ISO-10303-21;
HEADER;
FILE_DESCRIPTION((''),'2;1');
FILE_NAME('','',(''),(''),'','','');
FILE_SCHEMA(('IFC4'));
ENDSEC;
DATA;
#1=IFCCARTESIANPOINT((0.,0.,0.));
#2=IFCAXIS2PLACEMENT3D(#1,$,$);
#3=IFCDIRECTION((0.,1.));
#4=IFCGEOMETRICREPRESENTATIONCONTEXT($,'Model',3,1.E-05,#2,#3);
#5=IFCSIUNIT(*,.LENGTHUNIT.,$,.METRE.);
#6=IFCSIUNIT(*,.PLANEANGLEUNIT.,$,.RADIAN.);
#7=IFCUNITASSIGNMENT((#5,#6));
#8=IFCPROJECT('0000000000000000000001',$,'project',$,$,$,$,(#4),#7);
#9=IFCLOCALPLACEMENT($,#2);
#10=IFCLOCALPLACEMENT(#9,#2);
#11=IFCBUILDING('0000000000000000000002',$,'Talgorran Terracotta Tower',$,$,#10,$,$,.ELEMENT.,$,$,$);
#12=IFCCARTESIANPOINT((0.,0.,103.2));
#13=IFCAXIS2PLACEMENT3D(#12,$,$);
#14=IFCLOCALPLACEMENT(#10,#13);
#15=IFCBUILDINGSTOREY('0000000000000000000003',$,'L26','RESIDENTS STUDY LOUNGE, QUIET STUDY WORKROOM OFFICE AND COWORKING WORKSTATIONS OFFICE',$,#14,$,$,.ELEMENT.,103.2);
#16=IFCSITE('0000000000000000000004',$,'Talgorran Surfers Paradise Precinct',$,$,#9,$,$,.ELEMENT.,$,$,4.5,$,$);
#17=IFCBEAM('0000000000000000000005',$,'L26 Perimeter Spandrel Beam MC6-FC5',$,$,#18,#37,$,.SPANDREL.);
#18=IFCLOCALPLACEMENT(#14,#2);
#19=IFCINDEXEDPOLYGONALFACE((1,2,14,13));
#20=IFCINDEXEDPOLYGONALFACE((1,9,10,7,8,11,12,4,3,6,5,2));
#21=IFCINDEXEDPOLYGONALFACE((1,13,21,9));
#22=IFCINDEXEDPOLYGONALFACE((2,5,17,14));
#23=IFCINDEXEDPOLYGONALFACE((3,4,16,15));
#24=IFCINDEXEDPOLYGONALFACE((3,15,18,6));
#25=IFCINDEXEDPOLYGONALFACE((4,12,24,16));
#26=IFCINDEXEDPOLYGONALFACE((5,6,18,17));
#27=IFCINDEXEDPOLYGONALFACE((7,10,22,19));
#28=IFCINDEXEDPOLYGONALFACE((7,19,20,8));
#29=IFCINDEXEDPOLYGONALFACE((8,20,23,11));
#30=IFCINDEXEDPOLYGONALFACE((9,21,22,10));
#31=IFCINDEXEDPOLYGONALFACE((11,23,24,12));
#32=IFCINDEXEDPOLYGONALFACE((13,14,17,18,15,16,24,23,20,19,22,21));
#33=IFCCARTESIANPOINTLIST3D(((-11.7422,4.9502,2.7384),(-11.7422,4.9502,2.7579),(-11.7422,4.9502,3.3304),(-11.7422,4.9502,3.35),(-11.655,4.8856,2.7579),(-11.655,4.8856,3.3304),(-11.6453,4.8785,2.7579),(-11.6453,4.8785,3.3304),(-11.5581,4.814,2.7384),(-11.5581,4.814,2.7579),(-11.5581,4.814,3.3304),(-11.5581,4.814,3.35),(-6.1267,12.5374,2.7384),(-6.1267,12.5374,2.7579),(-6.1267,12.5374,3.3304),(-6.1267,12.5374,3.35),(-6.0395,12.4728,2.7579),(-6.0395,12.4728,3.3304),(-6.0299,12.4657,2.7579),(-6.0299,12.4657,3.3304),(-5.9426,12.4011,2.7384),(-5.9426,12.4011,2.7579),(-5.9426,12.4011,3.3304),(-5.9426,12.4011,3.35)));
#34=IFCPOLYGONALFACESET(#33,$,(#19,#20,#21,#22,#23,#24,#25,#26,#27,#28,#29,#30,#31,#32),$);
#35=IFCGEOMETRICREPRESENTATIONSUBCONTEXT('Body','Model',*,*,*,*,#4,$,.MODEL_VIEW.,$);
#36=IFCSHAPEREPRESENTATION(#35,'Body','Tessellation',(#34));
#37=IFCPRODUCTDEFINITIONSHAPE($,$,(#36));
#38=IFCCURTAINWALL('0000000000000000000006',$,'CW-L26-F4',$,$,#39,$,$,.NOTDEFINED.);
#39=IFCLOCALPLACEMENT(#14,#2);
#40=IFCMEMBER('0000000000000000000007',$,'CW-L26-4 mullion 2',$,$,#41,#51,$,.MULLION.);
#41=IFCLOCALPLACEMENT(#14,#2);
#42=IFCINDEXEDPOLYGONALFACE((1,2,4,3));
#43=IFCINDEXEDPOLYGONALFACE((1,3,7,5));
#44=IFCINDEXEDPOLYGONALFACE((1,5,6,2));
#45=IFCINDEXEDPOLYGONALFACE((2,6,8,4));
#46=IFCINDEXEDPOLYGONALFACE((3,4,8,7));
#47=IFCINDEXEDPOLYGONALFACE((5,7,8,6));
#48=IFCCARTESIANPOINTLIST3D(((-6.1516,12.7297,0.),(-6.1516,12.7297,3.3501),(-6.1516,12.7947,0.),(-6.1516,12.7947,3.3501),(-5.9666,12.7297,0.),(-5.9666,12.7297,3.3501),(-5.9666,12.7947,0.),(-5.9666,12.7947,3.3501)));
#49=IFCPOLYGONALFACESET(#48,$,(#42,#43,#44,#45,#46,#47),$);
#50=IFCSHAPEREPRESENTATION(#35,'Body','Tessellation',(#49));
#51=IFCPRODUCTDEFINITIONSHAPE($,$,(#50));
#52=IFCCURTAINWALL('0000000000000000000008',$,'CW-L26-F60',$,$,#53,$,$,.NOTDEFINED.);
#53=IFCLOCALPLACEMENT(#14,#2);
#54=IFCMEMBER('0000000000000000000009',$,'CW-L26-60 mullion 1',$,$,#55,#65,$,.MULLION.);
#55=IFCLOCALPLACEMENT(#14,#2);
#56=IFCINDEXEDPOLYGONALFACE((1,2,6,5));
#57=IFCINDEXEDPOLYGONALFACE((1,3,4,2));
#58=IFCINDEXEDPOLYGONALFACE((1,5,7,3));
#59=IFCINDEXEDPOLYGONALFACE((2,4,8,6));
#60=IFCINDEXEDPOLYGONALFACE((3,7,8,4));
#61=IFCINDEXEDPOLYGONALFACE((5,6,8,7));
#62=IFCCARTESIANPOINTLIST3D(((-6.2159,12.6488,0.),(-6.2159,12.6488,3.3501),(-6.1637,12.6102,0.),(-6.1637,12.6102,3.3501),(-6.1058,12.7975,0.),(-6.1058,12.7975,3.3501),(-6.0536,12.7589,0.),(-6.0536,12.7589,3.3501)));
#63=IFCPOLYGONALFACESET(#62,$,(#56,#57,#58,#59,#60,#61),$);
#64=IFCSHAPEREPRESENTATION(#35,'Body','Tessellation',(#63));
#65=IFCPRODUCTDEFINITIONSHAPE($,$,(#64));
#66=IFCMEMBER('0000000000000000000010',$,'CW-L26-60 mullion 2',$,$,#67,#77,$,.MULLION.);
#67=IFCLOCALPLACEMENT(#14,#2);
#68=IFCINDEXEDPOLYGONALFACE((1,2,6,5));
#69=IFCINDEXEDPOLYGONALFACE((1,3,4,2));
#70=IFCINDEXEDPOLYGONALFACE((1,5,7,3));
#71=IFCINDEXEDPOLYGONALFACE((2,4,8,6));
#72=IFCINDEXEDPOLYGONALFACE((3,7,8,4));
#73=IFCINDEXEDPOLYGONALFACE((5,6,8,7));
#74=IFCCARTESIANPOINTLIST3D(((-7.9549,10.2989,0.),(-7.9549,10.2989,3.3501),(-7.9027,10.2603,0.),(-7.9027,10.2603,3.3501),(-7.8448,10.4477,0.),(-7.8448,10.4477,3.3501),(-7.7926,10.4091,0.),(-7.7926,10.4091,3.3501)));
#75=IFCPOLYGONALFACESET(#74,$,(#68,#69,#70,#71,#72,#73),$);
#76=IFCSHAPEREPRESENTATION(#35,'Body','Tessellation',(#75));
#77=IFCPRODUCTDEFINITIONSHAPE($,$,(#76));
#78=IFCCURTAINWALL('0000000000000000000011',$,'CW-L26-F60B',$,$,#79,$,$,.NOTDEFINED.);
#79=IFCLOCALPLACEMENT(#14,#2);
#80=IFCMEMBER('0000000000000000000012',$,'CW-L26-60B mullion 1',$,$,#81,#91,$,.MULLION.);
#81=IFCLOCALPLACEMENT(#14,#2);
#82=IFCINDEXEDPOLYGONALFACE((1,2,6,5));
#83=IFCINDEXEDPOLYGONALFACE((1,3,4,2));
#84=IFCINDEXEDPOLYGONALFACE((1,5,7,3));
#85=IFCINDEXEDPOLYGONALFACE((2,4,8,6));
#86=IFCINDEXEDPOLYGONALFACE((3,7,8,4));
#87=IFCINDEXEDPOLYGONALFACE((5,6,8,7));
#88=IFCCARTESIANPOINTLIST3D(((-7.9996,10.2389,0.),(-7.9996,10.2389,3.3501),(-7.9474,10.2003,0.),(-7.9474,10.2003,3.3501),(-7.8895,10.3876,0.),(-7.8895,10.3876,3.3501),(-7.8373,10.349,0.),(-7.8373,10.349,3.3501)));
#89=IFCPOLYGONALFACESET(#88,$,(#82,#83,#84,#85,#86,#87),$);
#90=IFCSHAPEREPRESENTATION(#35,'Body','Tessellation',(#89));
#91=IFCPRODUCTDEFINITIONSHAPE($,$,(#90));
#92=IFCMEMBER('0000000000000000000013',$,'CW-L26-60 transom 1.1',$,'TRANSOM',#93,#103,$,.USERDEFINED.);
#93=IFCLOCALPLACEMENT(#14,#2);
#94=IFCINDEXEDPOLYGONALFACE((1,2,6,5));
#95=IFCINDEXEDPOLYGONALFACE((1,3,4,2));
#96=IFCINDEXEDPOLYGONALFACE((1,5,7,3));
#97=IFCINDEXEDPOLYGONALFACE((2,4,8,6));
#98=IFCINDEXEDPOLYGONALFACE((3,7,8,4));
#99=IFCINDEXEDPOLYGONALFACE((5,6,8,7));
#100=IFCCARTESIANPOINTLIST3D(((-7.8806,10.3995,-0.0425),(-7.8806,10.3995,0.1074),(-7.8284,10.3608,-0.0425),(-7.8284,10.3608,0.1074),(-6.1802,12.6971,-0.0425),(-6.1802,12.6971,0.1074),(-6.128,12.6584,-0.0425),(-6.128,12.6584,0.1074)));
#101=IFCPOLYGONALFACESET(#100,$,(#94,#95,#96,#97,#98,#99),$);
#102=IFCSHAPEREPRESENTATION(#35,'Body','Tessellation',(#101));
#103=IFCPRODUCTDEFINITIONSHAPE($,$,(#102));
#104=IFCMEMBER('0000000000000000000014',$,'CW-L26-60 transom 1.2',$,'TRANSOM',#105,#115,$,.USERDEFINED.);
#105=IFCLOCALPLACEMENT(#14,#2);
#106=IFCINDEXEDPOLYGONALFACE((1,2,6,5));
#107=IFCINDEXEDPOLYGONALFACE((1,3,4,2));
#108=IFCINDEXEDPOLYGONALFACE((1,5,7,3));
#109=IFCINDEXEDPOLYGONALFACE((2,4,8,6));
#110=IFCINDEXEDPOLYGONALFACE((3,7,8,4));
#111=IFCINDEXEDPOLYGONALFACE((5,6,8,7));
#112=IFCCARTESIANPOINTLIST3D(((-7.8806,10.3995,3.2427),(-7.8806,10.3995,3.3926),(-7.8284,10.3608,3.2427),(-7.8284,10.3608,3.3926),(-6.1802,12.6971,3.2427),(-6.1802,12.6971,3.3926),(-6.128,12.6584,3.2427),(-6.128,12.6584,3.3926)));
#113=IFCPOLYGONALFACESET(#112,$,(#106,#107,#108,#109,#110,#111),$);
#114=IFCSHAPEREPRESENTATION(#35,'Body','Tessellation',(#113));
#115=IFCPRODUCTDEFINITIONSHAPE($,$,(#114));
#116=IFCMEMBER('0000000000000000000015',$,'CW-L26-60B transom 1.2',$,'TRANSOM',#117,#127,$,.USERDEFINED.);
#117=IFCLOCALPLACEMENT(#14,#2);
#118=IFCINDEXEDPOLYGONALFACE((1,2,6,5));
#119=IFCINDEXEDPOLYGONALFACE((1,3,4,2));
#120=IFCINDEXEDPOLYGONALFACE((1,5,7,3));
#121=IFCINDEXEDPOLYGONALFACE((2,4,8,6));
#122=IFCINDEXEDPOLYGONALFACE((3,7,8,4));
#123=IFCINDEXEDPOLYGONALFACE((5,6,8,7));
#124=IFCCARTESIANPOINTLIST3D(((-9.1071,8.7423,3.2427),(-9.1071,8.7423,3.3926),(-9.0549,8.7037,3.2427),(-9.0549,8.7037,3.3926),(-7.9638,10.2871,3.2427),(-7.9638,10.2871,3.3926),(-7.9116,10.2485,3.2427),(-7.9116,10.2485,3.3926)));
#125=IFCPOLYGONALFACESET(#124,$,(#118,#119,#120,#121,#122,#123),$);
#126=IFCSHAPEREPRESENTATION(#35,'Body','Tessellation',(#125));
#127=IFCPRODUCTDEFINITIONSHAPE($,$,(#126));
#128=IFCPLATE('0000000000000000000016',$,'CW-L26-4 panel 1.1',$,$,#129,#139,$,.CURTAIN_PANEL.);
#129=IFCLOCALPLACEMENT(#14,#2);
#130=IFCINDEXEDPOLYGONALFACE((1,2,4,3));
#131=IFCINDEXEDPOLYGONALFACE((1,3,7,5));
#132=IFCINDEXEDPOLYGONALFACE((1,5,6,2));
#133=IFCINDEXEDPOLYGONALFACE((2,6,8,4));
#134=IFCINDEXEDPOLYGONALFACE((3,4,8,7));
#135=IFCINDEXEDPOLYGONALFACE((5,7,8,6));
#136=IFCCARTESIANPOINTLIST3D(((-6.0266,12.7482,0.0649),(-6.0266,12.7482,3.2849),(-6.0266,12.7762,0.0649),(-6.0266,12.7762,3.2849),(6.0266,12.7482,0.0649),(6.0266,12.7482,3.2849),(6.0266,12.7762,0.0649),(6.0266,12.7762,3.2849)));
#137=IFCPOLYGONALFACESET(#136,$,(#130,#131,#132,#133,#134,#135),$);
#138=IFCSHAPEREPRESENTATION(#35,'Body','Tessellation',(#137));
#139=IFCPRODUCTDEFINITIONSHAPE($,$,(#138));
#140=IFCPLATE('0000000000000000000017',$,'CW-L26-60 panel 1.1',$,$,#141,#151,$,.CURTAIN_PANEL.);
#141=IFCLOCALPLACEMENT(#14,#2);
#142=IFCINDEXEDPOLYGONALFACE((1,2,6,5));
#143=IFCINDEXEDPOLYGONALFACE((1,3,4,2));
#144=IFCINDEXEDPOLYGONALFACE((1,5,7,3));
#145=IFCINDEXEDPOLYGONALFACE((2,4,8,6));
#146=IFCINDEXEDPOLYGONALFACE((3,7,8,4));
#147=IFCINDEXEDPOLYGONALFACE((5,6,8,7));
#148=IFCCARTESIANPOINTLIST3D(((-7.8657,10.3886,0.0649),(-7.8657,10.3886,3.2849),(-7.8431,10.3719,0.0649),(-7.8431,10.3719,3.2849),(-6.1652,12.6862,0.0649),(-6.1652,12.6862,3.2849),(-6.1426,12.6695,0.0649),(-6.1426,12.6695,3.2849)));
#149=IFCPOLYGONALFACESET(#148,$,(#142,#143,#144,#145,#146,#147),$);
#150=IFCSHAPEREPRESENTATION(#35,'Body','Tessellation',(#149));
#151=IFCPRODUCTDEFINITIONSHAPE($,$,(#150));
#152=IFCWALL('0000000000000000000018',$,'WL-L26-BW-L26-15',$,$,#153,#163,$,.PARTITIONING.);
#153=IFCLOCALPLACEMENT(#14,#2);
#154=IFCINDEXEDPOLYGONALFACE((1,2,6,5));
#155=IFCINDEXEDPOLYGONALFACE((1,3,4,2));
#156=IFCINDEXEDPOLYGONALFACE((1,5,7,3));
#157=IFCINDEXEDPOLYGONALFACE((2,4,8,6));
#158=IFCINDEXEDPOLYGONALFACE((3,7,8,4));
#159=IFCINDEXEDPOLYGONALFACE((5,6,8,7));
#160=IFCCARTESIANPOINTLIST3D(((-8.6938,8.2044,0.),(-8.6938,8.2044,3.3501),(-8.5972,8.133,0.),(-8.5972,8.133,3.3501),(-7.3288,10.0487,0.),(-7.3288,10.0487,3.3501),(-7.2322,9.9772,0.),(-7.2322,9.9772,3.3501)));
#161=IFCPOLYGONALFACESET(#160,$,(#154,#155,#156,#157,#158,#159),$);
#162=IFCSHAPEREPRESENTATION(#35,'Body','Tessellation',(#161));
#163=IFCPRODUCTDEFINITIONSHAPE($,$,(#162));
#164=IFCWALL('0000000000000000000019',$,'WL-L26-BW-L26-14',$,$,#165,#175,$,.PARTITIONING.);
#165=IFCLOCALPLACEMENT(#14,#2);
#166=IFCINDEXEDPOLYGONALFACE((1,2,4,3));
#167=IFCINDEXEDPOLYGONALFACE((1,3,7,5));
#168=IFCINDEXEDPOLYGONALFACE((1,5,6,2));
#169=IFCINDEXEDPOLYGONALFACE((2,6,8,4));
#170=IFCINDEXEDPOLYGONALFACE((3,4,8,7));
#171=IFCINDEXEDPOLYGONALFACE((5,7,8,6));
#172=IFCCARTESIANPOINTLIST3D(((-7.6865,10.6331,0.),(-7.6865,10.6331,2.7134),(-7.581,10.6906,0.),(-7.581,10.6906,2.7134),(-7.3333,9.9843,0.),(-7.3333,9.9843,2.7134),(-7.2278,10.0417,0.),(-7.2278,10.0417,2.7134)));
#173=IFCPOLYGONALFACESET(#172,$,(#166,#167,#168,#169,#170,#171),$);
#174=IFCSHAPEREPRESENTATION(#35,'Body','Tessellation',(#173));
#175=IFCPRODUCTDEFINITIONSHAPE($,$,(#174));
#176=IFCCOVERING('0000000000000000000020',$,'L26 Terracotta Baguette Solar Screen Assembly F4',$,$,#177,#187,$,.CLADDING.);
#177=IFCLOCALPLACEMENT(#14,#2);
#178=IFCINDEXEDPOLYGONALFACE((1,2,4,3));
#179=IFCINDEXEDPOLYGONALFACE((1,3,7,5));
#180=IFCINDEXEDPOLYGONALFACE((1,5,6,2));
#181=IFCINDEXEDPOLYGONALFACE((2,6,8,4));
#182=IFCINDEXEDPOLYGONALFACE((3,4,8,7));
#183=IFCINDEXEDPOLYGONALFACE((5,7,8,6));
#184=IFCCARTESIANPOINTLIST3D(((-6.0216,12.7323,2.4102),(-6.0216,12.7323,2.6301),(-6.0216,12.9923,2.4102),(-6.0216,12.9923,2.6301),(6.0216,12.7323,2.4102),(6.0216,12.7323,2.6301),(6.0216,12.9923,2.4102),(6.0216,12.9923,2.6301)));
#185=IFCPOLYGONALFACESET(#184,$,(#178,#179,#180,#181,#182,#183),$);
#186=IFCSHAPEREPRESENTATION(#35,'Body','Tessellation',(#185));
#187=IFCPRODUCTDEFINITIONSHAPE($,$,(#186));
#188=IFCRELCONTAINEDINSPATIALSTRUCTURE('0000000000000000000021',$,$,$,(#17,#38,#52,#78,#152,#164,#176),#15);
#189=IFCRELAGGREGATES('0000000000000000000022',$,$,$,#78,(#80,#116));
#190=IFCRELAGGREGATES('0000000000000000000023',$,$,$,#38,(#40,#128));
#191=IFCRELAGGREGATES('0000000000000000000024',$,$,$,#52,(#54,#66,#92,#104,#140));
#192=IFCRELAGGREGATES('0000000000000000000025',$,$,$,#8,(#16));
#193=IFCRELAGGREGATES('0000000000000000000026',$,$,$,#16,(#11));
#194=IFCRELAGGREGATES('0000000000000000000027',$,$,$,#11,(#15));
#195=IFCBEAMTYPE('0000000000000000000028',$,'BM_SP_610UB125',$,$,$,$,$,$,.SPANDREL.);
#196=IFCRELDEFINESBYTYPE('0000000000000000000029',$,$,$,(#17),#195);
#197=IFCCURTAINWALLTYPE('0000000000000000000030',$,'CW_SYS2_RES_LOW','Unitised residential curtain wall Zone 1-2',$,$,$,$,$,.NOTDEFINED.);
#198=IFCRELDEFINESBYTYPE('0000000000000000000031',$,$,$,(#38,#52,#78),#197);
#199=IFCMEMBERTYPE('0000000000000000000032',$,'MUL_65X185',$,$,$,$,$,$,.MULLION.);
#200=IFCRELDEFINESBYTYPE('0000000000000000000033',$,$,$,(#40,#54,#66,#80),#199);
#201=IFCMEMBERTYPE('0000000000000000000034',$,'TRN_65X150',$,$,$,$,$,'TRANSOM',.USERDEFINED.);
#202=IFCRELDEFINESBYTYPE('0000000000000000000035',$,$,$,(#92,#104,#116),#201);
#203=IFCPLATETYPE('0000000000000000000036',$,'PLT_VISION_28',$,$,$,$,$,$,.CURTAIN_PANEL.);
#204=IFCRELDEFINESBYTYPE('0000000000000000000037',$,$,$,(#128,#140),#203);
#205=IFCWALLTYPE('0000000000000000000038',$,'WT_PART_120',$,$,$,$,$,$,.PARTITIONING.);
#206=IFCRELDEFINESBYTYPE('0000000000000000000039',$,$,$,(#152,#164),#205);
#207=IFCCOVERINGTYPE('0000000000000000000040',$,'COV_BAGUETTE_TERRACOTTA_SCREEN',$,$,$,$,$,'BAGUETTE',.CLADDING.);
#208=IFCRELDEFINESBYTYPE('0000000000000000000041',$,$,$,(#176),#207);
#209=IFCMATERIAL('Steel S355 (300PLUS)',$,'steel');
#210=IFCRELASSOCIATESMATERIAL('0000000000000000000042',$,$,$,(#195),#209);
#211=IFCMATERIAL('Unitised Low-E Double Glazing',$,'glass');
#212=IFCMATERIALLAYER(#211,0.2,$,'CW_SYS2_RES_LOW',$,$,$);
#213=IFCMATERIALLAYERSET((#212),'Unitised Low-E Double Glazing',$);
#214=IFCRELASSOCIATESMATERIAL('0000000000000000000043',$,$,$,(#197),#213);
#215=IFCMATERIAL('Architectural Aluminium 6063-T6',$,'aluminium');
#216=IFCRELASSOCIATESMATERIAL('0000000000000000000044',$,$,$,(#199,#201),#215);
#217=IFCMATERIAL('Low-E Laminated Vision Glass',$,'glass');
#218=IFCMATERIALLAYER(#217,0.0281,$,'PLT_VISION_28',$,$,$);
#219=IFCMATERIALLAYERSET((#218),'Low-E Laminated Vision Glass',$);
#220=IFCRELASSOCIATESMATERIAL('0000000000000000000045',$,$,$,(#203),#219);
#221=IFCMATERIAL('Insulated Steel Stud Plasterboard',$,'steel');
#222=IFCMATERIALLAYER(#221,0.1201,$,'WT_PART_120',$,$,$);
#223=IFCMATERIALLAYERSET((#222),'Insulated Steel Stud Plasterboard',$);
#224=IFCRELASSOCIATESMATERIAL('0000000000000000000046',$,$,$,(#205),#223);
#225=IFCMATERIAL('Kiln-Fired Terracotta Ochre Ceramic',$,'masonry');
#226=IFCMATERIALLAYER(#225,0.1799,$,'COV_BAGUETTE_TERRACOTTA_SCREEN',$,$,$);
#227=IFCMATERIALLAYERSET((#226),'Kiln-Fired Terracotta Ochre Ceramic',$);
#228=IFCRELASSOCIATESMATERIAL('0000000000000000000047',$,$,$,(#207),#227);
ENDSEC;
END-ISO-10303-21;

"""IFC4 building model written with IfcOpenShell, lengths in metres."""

from ifc_helpers import new_model, si_unit, direction, frame, frame_2d, origin, origin_2d, place, context, subcontext, project, spatial, rectangle, i_section, extrude, source, transform, mapped, material, layer, layer_set, material_profile, profile_set, type_object, type_shapes, element, aggregate, save


model = new_model("IFC4")

# Units and contexts
model_context = context("Model", 3, precision=1e-05, world=origin(), true_north=direction((0.0, 1.0)))
body_context = subcontext(model_context, "Body", "Model", "MODEL_VIEW")
ifc_project = project(units=[si_unit("LENGTHUNIT", "METRE"), si_unit("PLANEANGLEUNIT", "RADIAN")], contexts=[model_context])

# Site, building, storey
site_placement = place(None, origin())
site = spatial("IfcSite", under=ifc_project, at=site_placement, Name="Talgorran Surfers Paradise Precinct", CompositionType="ELEMENT", RefElevation=4.5)
building_placement = place(site_placement, origin())
building = spatial("IfcBuilding", under=site, at=building_placement, Name="Talgorran Terracotta Tower", CompositionType="ELEMENT")
storey_placement = place(building_placement, frame((0.0, 0.0, 103.2)))
storey = spatial("IfcBuildingStorey", under=building, at=storey_placement, Name="L26", Description="RESIDENTS STUDY LOUNGE, QUIET STUDY WORKROOM OFFICE AND COWORKING WORKSTATIONS OFFICE", CompositionType="ELEMENT", Elevation=103.2)

# Shared definitions
ifc_material_1 = material(Name="Steel S355 (300PLUS)", Category="steel")

# Beam
ifc_material_profile_1 = material_profile(ifc_material_1, i_section(OverallWidth=0.229, OverallDepth=0.6116, WebThickness=0.012, FlangeThickness=0.0195, at=origin_2d()), Name="610UB125")
ifc_profile_set_1 = profile_set([ifc_material_profile_1], Name="Steel S355 (300PLUS)")
beam_type_1 = type_object("IfcBeamType", Name="BM_SP_610UB125", PredefinedType="SPANDREL", material=ifc_profile_set_1)
beam_1_placement = place(storey_placement, frame((-6.0347, 12.4692, 3.0442), z_axis=(-0.59491, -0.803792, 0.0), x_axis=(0.803792, -0.59491, 0.0)))
element("IfcBeam", 1, at=beam_1_placement, inside=storey, type_object=beam_type_1, Name="L26 Perimeter Spandrel Beam MC6-FC5", PredefinedType="SPANDREL", context=body_context, shape_type="SweptSolid", body=[
    extrude(i_section(OverallWidth=0.229, OverallDepth=0.6116, WebThickness=0.012, FlangeThickness=0.0195, at=origin_2d()), origin(), (0.0, 0.0, 1.0), 9.4392),
])

# Curtain wall, member
ifc_material_2 = material(Name="Unitised Low-E Double Glazing", Category="glass")
ifc_layer_1 = layer(ifc_material_2, 0.2, Name="CW_SYS2_RES_LOW")
ifc_layer_set_1 = layer_set([ifc_layer_1], Name="Unitised Low-E Double Glazing")
curtain_wall_type = type_object("IfcCurtainWallType", Name="CW_SYS2_RES_LOW", Description="Unitised residential curtain wall Zone 1-2", PredefinedType="NOTDEFINED", material=ifc_layer_set_1)
curtain_wall_1_placement = place(storey_placement, origin())
curtain_wall_1 = element("IfcCurtainWall", 2, at=curtain_wall_1_placement, inside=storey, type_object=curtain_wall_type, Name="CW-L26-F4", PredefinedType="NOTDEFINED")
ifc_material_3 = material(Name="Architectural Aluminium 6063-T6", Category="aluminium")
ifc_material_profile_2 = material_profile(ifc_material_3, rectangle(XDim=0.0649, YDim=0.1851, at=origin_2d()), Name="CWM65X185")
ifc_profile_set_2 = profile_set([ifc_material_profile_2], Name="Architectural Aluminium 6063-T6")
member_type_1 = type_object("IfcMemberType", Name="MUL_65X185", PredefinedType="MULLION", material=ifc_profile_set_2)
member_1_placement = place(storey_placement, frame((-6.0591, 12.7622, 0.0), z_axis=(0.0, 0.0, 1.0), x_axis=(0.0, -1.0, 0.0)))
member_1 = element("IfcMember", 3, at=member_1_placement, type_object=member_type_1, Name="CW-L26-4 mullion 2", PredefinedType="MULLION", context=body_context, shape_type="SweptSolid", body=[
    extrude(rectangle(XDim=0.0649, YDim=0.1851, at=origin_2d()), origin(), (0.0, 0.0, 1.0), 3.3501),
])

# Curtain wall, members
curtain_wall_2_placement = place(storey_placement, origin())
curtain_wall_2 = element("IfcCurtainWall", 4, at=curtain_wall_2_placement, inside=storey, type_object=curtain_wall_type, Name="CW-L26-F60", PredefinedType="NOTDEFINED")
member_2_placement = place(storey_placement, frame((-6.1348, 12.7039, 0.0), z_axis=(0.0, 0.0, 1.0), x_axis=(0.803807, -0.594891, 0.0)))
member_2 = element("IfcMember", 5, at=member_2_placement, type_object=member_type_1, Name="CW-L26-60 mullion 1", PredefinedType="MULLION", context=body_context, shape_type="SweptSolid", body=[
    extrude(rectangle(XDim=0.0649, YDim=0.1851, at=origin_2d()), origin(), (0.0, 0.0, 1.0), 3.3501),
])
member_3_placement = place(storey_placement, frame((-7.8738, 10.354, 0.0), z_axis=(0.0, 0.0, 1.0), x_axis=(0.803807, -0.594891, 0.0)))
member_3 = element("IfcMember", 6, at=member_3_placement, type_object=member_type_1, Name="CW-L26-60 mullion 2", PredefinedType="MULLION", context=body_context, shape_type="SweptSolid", body=[
    extrude(rectangle(XDim=0.0649, YDim=0.1851, at=origin_2d()), origin(), (0.0, 0.0, 1.0), 3.3501),
])

# Curtain wall, member
curtain_wall_3_placement = place(storey_placement, origin())
curtain_wall_3 = element("IfcCurtainWall", 7, at=curtain_wall_3_placement, inside=storey, type_object=curtain_wall_type, Name="CW-L26-F60B", PredefinedType="NOTDEFINED")
member_4_placement = place(storey_placement, frame((-7.9185, 10.2939, 0.0), z_axis=(0.0, 0.0, 1.0), x_axis=(0.803791, -0.594912, 0.0)))
member_4 = element("IfcMember", 8, at=member_4_placement, type_object=member_type_1, Name="CW-L26-60B mullion 1", PredefinedType="MULLION", context=body_context, shape_type="SweptSolid", body=[
    extrude(rectangle(XDim=0.0649, YDim=0.1851, at=origin_2d()), origin(), (0.0, 0.0, 1.0), 3.3501),
])

# Members
ifc_material_profile_3 = material_profile(ifc_material_3, rectangle(XDim=0.0649, YDim=0.1499, at=origin_2d()), Name="CWT65X150")
ifc_profile_set_3 = profile_set([ifc_material_profile_3], Name="Architectural Aluminium 6063-T6")
member_type_2 = type_object("IfcMemberType", Name="TRN_65X150", ElementType="TRANSOM", PredefinedType="USERDEFINED", material=ifc_profile_set_3)
member_5_placement = place(storey_placement, frame((-6.1541, 12.6777, 0.0325), z_axis=(-0.59489, -0.803807, 0.0), x_axis=(0.803807, -0.59489, 0.0)))
member_5 = element("IfcMember", 9, at=member_5_placement, type_object=member_type_2, Name="CW-L26-60 transom 1.1", ObjectType="TRANSOM", PredefinedType="USERDEFINED", context=body_context, shape_type="SweptSolid", body=[
    extrude(rectangle(XDim=0.0649, YDim=0.1499, at=origin_2d()), origin(), (0.0, 0.0, 1.0), 2.8584),
])
member_6_placement = place(storey_placement, frame((-6.1541, 12.6777, 3.3176), z_axis=(-0.59489, -0.803807, 0.0), x_axis=(0.803807, -0.59489, 0.0)))
member_6 = element("IfcMember", 10, at=member_6_placement, type_object=member_type_2, Name="CW-L26-60 transom 1.2", ObjectType="TRANSOM", PredefinedType="USERDEFINED", context=body_context, shape_type="SweptSolid", body=[
    extrude(rectangle(XDim=0.0649, YDim=0.1499, at=origin_2d()), origin(), (0.0, 0.0, 1.0), 2.8584),
])
member_7_placement = place(storey_placement, frame((-7.9377, 10.2678, 3.3176), z_axis=(-0.594866, -0.803825, 0.0), x_axis=(0.803825, -0.594866, 0.0)))
member_7 = element("IfcMember", 11, at=member_7_placement, type_object=member_type_2, Name="CW-L26-60B transom 1.2", ObjectType="TRANSOM", PredefinedType="USERDEFINED", context=body_context, shape_type="SweptSolid", body=[
    extrude(rectangle(XDim=0.0649, YDim=0.1499, at=origin_2d()), origin(), (0.0, 0.0, 1.0), 1.9219),
])
aggregate(curtain_wall_3, [member_4, member_7])

# Plates
ifc_material_4 = material(Name="Low-E Laminated Vision Glass", Category="glass")
ifc_layer_2 = layer(ifc_material_4, 0.0281, Name="PLT_VISION_28")
ifc_layer_set_2 = layer_set([ifc_layer_2], Name="Low-E Laminated Vision Glass")
plate_type = type_object("IfcPlateType", Name="PLT_VISION_28", PredefinedType="CURTAIN_PANEL", material=ifc_layer_set_2)
shared_shape_1 = source(origin(), body_context, "Body", "SweptSolid", [
    extrude(rectangle(XDim=12.0532, YDim=0.0281, at=origin_2d()), origin(), (0.0, 0.0, 1.0), 3.22),
])
plate_1_placement = place(storey_placement, frame((0.0, 12.7622, 0.0649), z_axis=(0.0, 0.0, 1.0), x_axis=(-1.0, 0.0, 0.0)))
plate_1 = element("IfcPlate", 12, at=plate_1_placement, type_object=plate_type, Name="CW-L26-4 panel 1.1", PredefinedType="CURTAIN_PANEL", context=body_context, shape_type="MappedRepresentation", body=[
    mapped(shared_shape_1, transform((0.0, 0.0, 0.0), scale=1.0)),
])
aggregate(curtain_wall_1, [member_1, plate_1])
shared_shape_2 = source(origin(), body_context, "Body", "SweptSolid", [
    extrude(rectangle(XDim=2.8584, YDim=0.0281, at=origin_2d()), origin(), (0.0, 0.0, 1.0), 3.22),
])
type_shapes(plate_type, [shared_shape_1, shared_shape_2])
plate_2_placement = place(storey_placement, frame((-7.0042, 11.5291, 0.0649), z_axis=(0.0, 0.0, 1.0), x_axis=(-0.594891, -0.803807, 0.0)))
plate_2 = element("IfcPlate", 13, at=plate_2_placement, type_object=plate_type, Name="CW-L26-60 panel 1.1", PredefinedType="CURTAIN_PANEL", context=body_context, shape_type="MappedRepresentation", body=[
    mapped(shared_shape_2, transform((0.0, 0.0, 0.0), scale=1.0)),
])
aggregate(curtain_wall_2, [member_2, member_3, member_5, member_6, plate_2])

# Walls
ifc_material_5 = material(Name="Insulated Steel Stud Plasterboard", Category="steel")
ifc_layer_3 = layer(ifc_material_5, 0.1201, Name="WT_PART_120")
ifc_layer_set_3 = layer_set([ifc_layer_3], Name="Insulated Steel Stud Plasterboard")
wall_type = type_object("IfcWallType", Name="WT_PART_120", PredefinedType="PARTITIONING", material=ifc_layer_set_3)
wall_1_placement = place(storey_placement, frame((-7.2805, 10.0129, 0.0), z_axis=(0.0, 0.0, 1.0), x_axis=(-0.594915, -0.803789, 0.0)))
element("IfcWall", 14, at=wall_1_placement, inside=storey, type_object=wall_type, Name="WL-L26-BW-L26-15", PredefinedType="PARTITIONING", context=body_context, shape_type="SweptSolid", body=[
    extrude(rectangle(XDim=2.2944, YDim=0.1201, at=frame_2d((1.1472, 0.0))), origin(), (0.0, 0.0, 1.0), 3.3501),
])
wall_2_placement = place(storey_placement, frame((-7.6338, 10.6619, 0.0), z_axis=(0.0, 0.0, 1.0), x_axis=(0.478134, -0.878287, 0.0)))
element("IfcWall", 15, at=wall_2_placement, inside=storey, type_object=wall_type, Name="WL-L26-BW-L26-14", PredefinedType="PARTITIONING", context=body_context, shape_type="SweptSolid", body=[
    extrude(rectangle(XDim=0.7388, YDim=0.1201, at=frame_2d((0.3694, 0.0))), origin(), (0.0, 0.0, 1.0), 2.7134),
])

# Covering
ifc_material_6 = material(Name="Kiln-Fired Terracotta Ochre Ceramic", Category="masonry")
ifc_layer_4 = layer(ifc_material_6, 0.1799, Name="COV_BAGUETTE_TERRACOTTA_SCREEN")
ifc_layer_set_4 = layer_set([ifc_layer_4], Name="Kiln-Fired Terracotta Ochre Ceramic")
covering_type = type_object("IfcCoveringType", Name="COV_BAGUETTE_TERRACOTTA_SCREEN", ElementType="BAGUETTE", PredefinedType="CLADDING", material=ifc_layer_set_4)
covering_placement = place(storey_placement, frame((0.0, 12.8623, 2.4102), z_axis=(0.0, 0.0, 1.0), x_axis=(-1.0, 0.0, 0.0)))
element("IfcCovering", 16, at=covering_placement, inside=storey, type_object=covering_type, Name="L26 Terracotta Baguette Solar Screen Assembly F4", PredefinedType="CLADDING", context=body_context, shape_type="SweptSolid", body=[
    extrude(rectangle(XDim=12.0432, YDim=0.26, at=origin_2d()), origin(), (0.0, 0.0, 1.0), 0.22),
])

save(model, "model.ifc")
